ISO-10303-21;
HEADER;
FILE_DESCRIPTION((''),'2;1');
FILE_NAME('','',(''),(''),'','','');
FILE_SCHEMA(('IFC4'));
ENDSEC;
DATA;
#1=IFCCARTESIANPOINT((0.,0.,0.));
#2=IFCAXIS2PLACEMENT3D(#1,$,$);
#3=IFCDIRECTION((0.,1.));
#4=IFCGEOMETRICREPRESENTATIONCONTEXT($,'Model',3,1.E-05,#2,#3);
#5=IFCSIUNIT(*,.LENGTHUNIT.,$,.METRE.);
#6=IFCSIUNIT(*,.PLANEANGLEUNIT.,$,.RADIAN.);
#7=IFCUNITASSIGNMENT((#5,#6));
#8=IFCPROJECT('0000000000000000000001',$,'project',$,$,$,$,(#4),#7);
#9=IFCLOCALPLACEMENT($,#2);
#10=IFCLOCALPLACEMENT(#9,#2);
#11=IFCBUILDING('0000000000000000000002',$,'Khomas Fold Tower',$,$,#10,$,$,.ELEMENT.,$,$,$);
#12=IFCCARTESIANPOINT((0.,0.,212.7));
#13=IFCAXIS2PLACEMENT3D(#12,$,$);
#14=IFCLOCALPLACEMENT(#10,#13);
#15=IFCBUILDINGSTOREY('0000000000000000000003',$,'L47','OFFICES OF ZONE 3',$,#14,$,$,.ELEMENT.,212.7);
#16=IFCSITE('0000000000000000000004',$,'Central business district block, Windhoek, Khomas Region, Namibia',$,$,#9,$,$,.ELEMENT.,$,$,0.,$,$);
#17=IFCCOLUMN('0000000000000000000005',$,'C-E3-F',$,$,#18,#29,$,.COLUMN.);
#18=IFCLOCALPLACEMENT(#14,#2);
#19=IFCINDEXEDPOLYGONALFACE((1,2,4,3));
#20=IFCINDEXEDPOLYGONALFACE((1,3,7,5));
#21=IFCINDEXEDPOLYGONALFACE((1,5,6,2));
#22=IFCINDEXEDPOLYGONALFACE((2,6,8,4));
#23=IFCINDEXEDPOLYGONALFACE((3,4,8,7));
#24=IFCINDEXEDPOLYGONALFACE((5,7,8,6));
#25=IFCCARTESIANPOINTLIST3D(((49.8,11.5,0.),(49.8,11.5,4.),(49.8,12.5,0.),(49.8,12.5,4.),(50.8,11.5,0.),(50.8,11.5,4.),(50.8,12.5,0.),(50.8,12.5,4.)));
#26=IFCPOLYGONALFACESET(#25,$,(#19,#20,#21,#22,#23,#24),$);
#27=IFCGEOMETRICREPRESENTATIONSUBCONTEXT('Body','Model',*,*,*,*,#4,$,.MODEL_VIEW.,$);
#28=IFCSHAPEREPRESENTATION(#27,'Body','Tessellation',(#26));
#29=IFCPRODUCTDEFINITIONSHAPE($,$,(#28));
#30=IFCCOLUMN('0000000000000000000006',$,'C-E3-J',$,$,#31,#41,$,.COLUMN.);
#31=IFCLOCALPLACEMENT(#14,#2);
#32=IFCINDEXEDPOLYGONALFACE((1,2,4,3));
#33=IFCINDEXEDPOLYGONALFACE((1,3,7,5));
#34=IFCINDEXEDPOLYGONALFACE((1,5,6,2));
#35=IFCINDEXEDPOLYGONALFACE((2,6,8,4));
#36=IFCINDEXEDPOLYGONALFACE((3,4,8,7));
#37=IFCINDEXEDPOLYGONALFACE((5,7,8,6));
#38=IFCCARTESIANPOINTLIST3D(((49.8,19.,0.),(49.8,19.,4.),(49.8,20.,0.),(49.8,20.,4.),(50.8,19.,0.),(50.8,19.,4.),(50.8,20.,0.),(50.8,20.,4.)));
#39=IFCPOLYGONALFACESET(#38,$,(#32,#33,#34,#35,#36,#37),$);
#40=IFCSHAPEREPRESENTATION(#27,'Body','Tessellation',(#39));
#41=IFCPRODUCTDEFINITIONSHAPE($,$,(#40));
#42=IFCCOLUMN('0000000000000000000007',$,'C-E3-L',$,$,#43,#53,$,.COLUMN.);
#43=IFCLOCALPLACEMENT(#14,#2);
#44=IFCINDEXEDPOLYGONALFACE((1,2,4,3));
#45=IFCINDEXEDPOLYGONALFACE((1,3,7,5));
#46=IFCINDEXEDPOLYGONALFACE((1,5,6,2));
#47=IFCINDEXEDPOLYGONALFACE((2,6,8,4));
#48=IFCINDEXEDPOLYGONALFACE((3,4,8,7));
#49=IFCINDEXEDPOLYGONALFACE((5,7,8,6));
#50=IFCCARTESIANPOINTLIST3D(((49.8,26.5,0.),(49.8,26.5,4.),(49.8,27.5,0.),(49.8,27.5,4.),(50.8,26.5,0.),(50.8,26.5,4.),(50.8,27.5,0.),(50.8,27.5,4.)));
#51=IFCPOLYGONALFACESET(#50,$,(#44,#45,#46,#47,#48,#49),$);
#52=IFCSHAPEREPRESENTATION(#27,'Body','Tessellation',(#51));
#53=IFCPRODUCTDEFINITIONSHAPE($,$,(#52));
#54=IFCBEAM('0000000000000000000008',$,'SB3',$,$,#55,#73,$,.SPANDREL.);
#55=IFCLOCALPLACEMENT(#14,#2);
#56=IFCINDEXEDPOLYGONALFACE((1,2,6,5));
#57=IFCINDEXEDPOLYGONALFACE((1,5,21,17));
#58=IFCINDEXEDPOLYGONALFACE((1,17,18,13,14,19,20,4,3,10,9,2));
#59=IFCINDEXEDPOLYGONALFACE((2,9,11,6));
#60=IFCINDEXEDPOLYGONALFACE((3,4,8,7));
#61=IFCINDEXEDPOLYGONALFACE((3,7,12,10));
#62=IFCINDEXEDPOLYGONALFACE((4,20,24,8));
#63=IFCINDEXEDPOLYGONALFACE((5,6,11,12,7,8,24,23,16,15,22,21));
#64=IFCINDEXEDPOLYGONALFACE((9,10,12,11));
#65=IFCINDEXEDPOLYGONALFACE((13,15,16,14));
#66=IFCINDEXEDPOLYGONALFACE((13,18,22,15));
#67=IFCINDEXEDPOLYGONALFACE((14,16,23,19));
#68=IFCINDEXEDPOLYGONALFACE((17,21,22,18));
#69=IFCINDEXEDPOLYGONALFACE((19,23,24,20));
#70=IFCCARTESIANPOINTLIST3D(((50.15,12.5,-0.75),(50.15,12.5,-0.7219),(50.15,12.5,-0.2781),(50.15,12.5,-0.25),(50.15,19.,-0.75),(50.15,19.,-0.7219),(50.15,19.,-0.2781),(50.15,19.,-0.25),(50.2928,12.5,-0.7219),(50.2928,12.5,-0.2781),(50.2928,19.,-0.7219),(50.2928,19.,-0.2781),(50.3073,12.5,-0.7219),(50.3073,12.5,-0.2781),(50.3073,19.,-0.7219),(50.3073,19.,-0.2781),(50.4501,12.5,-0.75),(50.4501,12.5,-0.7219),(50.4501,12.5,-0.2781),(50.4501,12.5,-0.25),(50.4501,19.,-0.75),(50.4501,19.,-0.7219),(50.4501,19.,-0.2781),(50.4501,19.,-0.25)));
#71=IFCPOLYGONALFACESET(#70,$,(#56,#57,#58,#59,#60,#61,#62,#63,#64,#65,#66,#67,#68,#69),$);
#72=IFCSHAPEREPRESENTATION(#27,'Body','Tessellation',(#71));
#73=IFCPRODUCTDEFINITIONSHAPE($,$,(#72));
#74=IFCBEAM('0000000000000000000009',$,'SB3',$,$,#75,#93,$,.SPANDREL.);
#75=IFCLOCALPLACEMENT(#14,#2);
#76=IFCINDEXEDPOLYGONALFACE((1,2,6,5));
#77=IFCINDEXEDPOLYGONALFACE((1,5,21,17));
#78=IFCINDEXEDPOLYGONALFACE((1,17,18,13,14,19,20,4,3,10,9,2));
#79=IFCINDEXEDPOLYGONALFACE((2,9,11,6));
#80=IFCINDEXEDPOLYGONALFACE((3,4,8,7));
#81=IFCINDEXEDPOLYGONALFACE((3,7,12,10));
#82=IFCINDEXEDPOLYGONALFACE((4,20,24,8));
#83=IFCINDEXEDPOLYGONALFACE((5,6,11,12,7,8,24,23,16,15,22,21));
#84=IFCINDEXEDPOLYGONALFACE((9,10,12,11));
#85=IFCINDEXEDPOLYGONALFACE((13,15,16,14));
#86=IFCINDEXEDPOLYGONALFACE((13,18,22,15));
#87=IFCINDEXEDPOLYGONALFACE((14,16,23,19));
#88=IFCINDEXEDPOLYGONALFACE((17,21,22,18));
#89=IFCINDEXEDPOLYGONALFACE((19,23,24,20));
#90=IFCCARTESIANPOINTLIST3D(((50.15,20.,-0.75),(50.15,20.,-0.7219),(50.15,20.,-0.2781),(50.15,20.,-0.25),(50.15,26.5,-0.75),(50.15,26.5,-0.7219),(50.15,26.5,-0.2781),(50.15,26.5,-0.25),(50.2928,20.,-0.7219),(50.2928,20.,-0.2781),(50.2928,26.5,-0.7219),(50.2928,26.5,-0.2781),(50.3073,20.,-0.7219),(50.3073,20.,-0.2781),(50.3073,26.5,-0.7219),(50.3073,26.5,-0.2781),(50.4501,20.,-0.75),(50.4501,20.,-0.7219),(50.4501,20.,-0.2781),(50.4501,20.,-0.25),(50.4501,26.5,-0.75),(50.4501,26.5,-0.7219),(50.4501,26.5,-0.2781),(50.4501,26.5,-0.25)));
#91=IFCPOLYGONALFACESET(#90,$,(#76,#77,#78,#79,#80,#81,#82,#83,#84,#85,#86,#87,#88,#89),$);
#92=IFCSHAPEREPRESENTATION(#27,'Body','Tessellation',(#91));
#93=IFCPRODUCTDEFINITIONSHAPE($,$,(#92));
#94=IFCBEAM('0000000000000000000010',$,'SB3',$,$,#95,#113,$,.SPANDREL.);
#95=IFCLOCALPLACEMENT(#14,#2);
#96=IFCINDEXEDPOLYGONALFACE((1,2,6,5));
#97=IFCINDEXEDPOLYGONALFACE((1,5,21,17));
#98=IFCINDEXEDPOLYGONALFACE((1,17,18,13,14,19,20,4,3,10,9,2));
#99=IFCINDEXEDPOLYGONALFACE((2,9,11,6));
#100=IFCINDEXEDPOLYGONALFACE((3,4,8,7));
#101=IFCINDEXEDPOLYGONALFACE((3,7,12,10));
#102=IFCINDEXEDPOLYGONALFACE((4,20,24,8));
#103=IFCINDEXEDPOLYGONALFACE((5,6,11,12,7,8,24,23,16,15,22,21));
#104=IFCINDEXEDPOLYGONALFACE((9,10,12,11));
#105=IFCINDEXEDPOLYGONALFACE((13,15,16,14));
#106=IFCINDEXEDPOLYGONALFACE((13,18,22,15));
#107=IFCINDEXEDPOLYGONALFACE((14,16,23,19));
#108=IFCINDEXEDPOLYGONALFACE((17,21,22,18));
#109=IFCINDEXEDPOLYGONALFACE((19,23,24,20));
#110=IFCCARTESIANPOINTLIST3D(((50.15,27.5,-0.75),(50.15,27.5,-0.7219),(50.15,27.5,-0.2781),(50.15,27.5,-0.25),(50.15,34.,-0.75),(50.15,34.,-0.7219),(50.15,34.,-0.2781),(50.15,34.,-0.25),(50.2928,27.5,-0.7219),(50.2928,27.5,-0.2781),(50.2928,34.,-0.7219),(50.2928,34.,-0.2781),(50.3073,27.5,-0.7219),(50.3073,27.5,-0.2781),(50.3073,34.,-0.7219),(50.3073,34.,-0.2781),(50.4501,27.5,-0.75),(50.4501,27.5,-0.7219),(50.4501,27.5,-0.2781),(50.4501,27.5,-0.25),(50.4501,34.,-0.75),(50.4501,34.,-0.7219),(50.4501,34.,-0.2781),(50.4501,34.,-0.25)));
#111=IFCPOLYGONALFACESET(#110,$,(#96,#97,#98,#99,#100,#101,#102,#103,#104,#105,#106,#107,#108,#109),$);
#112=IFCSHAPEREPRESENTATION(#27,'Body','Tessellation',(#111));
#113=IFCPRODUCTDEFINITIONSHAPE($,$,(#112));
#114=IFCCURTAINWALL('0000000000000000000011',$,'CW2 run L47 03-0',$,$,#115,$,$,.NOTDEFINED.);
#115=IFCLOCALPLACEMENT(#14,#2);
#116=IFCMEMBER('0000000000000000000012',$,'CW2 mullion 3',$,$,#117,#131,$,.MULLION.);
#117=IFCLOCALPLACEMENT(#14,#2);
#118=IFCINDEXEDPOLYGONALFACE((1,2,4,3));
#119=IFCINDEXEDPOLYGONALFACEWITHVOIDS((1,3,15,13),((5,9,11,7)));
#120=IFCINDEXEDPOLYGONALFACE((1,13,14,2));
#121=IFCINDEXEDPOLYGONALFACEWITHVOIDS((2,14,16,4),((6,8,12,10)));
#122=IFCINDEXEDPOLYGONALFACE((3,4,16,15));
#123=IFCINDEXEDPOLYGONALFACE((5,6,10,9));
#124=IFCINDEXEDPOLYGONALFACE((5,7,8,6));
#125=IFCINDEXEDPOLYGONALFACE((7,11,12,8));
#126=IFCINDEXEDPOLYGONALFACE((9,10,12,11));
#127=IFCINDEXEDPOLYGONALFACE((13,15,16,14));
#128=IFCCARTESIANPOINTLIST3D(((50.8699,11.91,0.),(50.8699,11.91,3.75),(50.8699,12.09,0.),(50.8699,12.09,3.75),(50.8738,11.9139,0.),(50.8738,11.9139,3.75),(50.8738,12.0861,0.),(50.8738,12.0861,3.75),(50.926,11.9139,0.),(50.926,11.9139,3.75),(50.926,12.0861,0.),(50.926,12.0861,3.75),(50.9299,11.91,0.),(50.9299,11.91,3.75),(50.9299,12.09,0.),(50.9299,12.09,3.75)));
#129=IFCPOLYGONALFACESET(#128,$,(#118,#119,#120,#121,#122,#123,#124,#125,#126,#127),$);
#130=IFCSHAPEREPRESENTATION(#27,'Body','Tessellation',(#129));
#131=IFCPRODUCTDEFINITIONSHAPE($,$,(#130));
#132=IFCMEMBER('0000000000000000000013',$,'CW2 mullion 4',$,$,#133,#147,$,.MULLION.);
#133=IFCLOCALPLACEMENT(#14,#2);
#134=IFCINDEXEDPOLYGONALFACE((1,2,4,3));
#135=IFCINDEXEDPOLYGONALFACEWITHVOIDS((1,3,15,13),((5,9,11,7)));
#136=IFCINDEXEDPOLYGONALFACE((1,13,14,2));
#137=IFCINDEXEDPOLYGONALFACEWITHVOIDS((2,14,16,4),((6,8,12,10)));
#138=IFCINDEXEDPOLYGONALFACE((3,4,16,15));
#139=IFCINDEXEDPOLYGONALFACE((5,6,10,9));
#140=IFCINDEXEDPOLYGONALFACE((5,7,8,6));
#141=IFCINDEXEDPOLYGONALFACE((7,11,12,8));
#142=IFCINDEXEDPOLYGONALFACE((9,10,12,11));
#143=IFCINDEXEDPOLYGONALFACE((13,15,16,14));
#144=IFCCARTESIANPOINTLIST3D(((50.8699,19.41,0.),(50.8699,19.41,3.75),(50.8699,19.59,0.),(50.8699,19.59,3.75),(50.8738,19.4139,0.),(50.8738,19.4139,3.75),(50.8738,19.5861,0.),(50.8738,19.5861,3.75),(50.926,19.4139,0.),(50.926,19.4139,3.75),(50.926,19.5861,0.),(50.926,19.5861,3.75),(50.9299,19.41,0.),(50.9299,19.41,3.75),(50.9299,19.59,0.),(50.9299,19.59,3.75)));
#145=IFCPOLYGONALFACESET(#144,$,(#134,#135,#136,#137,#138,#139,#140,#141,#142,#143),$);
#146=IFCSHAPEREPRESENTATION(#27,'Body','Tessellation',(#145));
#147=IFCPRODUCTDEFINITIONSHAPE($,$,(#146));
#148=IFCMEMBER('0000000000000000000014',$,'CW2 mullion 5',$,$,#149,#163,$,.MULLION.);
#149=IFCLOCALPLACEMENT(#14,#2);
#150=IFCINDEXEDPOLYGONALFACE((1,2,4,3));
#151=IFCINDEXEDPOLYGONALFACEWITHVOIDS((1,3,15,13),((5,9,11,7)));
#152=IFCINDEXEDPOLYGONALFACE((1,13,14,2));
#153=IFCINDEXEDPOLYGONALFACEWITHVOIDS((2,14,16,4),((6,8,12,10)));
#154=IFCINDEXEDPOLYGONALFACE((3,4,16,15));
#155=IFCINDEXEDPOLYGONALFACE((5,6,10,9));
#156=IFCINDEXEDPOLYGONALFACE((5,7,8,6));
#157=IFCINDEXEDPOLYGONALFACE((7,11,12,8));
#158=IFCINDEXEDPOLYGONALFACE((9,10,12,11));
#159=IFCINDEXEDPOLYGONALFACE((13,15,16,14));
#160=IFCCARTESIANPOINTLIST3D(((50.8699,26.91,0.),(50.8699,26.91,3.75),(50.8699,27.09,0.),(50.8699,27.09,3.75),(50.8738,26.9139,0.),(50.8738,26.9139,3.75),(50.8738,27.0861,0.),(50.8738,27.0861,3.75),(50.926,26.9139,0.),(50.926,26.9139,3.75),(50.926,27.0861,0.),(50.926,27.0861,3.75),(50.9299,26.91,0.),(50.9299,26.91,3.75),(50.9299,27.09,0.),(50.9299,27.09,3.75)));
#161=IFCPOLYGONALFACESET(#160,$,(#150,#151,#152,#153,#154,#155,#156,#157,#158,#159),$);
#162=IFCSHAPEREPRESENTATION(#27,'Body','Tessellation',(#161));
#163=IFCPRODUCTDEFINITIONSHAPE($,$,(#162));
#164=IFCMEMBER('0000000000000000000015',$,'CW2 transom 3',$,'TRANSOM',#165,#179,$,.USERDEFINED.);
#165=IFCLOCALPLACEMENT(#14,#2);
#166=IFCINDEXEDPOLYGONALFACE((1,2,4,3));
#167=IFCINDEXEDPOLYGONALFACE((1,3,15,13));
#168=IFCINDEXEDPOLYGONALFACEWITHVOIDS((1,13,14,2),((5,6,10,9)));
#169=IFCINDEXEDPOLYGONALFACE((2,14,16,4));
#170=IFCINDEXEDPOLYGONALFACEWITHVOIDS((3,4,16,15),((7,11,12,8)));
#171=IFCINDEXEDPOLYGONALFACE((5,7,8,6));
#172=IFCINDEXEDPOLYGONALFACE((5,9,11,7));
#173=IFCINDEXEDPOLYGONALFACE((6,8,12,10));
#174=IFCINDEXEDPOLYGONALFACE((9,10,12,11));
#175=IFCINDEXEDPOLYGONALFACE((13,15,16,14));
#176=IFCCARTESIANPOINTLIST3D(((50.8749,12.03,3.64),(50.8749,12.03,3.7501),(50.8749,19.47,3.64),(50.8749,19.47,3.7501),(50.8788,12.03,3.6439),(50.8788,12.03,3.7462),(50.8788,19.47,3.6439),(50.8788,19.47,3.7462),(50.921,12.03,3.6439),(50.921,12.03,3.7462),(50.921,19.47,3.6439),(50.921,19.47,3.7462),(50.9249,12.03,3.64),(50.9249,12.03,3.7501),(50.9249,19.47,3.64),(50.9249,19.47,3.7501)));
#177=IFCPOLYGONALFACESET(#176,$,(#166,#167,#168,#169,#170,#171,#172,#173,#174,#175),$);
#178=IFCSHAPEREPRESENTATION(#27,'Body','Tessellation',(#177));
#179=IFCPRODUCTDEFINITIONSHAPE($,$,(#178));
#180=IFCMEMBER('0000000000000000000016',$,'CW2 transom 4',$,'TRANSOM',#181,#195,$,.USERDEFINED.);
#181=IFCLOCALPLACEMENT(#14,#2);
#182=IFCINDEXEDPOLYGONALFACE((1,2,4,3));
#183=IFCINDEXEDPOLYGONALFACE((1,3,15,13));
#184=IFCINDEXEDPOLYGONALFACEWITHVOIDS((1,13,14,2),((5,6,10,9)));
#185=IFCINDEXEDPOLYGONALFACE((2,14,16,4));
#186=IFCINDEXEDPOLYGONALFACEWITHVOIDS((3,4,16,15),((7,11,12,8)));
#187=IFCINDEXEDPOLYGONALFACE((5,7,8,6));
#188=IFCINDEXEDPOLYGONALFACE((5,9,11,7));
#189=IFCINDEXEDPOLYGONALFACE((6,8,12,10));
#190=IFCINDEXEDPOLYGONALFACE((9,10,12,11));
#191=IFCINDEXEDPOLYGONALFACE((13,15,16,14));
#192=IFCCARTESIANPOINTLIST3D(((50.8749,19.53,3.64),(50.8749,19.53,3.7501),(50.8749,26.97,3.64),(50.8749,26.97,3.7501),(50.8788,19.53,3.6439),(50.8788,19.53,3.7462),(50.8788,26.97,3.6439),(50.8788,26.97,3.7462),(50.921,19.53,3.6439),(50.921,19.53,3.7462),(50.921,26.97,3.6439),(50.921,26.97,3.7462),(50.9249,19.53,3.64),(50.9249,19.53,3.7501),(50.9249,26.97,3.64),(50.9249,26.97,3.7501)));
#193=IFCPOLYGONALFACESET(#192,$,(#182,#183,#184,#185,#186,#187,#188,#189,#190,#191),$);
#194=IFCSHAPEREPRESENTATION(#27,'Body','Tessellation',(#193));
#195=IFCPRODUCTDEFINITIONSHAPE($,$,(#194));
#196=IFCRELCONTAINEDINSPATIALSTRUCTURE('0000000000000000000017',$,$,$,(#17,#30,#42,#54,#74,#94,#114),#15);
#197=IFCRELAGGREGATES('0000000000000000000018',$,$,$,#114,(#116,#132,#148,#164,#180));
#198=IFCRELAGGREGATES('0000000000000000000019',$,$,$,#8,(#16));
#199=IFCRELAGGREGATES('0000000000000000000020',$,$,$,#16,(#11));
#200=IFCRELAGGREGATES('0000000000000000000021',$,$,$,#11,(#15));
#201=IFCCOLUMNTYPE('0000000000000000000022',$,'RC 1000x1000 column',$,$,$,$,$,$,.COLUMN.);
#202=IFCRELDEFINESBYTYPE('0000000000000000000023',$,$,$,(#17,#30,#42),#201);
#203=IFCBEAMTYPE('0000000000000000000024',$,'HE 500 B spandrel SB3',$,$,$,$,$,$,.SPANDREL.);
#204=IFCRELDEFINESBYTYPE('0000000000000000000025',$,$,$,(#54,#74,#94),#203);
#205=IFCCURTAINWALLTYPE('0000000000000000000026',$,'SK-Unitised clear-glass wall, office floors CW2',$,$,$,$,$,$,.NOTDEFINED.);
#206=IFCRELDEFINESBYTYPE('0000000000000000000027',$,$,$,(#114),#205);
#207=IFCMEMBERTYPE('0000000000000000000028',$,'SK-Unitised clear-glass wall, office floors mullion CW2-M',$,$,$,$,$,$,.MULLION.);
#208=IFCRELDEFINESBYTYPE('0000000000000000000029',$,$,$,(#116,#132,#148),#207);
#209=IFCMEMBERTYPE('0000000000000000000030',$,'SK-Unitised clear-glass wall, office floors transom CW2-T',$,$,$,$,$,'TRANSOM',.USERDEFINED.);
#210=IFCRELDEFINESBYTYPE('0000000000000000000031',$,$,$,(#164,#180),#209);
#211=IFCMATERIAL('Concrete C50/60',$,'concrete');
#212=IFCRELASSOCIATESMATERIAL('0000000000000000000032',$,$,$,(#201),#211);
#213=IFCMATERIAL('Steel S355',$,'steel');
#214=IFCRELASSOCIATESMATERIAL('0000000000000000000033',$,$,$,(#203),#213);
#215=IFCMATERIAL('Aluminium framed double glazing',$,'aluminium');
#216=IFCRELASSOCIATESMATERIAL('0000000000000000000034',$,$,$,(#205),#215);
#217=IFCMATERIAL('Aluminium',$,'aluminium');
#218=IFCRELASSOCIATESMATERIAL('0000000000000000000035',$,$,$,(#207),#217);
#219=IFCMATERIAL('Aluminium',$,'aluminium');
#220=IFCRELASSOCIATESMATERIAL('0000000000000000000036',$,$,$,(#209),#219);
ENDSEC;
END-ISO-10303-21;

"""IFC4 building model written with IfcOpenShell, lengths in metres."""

from ifc_helpers import new_model, si_unit, direction, frame, origin, origin_2d, place, context, subcontext, project, spatial, rectangle, hollow_rectangle, i_section, extrude, source, transform, mapped, material, material_profile, profile_set, type_object, element, aggregate, save


model = new_model("IFC4")

# Units and contexts
model_context = context("Model", 3, precision=1e-05, world=origin(), true_north=direction((0.0, 1.0)))
body_context = subcontext(model_context, "Body", "Model", "MODEL_VIEW")
ifc_project = project(units=[si_unit("LENGTHUNIT", "METRE"), si_unit("PLANEANGLEUNIT", "RADIAN")], contexts=[model_context])

# Site, building, storey
site_placement = place(None, origin())
site = spatial("IfcSite", under=ifc_project, at=site_placement, Name="Central business district block, Windhoek, Khomas Region, Namibia", CompositionType="ELEMENT", RefElevation=0.0)
building_placement = place(site_placement, origin())
building = spatial("IfcBuilding", under=site, at=building_placement, Name="Khomas Fold Tower", CompositionType="ELEMENT")
storey_placement = place(building_placement, frame((0.0, 0.0, 212.7)))
storey = spatial("IfcBuildingStorey", under=building, at=storey_placement, Name="L47", Description="OFFICES OF ZONE 3", CompositionType="ELEMENT", Elevation=212.7)

# Columns
ifc_material_1 = material(Name="Concrete C50/60", Category="concrete")
ifc_material_profile_1 = material_profile(ifc_material_1, rectangle(XDim=1.0, YDim=1.0, at=origin_2d()), Name="RC 1000x1000")
ifc_profile_set_1 = profile_set([ifc_material_profile_1], Name="Concrete C50/60")
column_type = type_object("IfcColumnType", Name="RC 1000x1000 column", PredefinedType="COLUMN", material=ifc_profile_set_1)
shared_shape_1 = source(origin(), body_context, "Body", "SweptSolid", [
    extrude(rectangle(XDim=1.0, YDim=1.0, at=origin_2d()), origin(), (0.0, 0.0, 1.0), 4.0),
])
for number, where, z_axis, x_axis, name in (
    (1, (50.3, 12.0, 0.0), (0.0, 0.0, 1.0), (1.0, 0.0, 0.0), "C-E3-F"),
    (2, (50.3, 19.5, 0.0), (0.0, 0.0, 1.0), (1.0, 0.0, 0.0), "C-E3-J"),
    (3, (50.3, 27.0, 0.0), (0.0, 0.0, 1.0), (1.0, 0.0, 0.0), "C-E3-L"),
):
    element("IfcColumn", number, at=place(storey_placement, frame(where, z_axis=z_axis, x_axis=x_axis)), inside=storey, type_object=column_type, Name=name, PredefinedType="COLUMN", context=body_context, shape_type="MappedRepresentation", body=[
        mapped(shared_shape_1, transform((0.0, 0.0, 0.0))),
    ])

# Beams
ifc_material_2 = material(Name="Steel S355", Category="steel")
ifc_material_profile_2 = material_profile(ifc_material_2, i_section(OverallWidth=0.3, OverallDepth=0.5, WebThickness=0.0144, FlangeThickness=0.0281, at=origin_2d()), Name="HE 500 B")
ifc_profile_set_2 = profile_set([ifc_material_profile_2], Name="Steel S355")
beam_type = type_object("IfcBeamType", Name="HE 500 B spandrel SB3", PredefinedType="SPANDREL", material=ifc_profile_set_2)
shared_shape_2 = source(origin(), body_context, "Body", "SweptSolid", [
    extrude(i_section(OverallWidth=0.3, OverallDepth=0.5, WebThickness=0.0144, FlangeThickness=0.0281, at=origin_2d()), origin(), (0.0, 0.0, 1.0), 6.5),
])
for number, where, z_axis, x_axis, name in (
    (4, (50.3, 12.5, -0.5), (0.0, 1.0, 0.0), (-1.0, 0.0, 0.0), "SB3"),
    (5, (50.3, 20.0, -0.5), (0.0, 1.0, 0.0), (-1.0, 0.0, 0.0), "SB3"),
    (6, (50.3, 27.5, -0.5), (0.0, 1.0, 0.0), (-1.0, 0.0, 0.0), "SB3"),
):
    element("IfcBeam", number, at=place(storey_placement, frame(where, z_axis=z_axis, x_axis=x_axis)), inside=storey, type_object=beam_type, Name=name, PredefinedType="SPANDREL", context=body_context, shape_type="MappedRepresentation", body=[
        mapped(shared_shape_2, transform((0.0, 0.0, 0.0))),
    ])

# Curtain wall, members
ifc_material_3 = material(Name="Aluminium framed double glazing", Category="aluminium")
curtain_wall_type = type_object("IfcCurtainWallType", Name="SK-Unitised clear-glass wall, office floors CW2", PredefinedType="NOTDEFINED", material=ifc_material_3)
curtain_wall_placement = place(storey_placement, origin())
curtain_wall = element("IfcCurtainWall", 7, at=curtain_wall_placement, inside=storey, type_object=curtain_wall_type, Name="CW2 run L47 03-0", PredefinedType="NOTDEFINED")
ifc_material_4 = material(Name="Aluminium", Category="aluminium")
ifc_material_profile_3 = material_profile(ifc_material_4, hollow_rectangle(XDim=0.0601, YDim=0.1799, WallThickness=0.0039, at=origin_2d()), Name="SK-Unitised clear-glass wall, office floors mullion CW2-M")
ifc_profile_set_3 = profile_set([ifc_material_profile_3], Name="Aluminium")
member_type_1 = type_object("IfcMemberType", Name="SK-Unitised clear-glass wall, office floors mullion CW2-M", PredefinedType="MULLION", material=ifc_profile_set_3)
shared_shape_3 = source(origin(), body_context, "Body", "SweptSolid", [
    extrude(hollow_rectangle(XDim=0.0601, YDim=0.1799, WallThickness=0.0039, at=origin_2d()), origin(), (0.0, 0.0, 1.0), 3.75),
])
member_1_placement = place(storey_placement, frame((50.8999, 12.0, 0.0), z_axis=(0.0, 0.0, 1.0), x_axis=(-1.0, 0.0, 0.0)))
member_1 = element("IfcMember", 8, at=member_1_placement, type_object=member_type_1, Name="CW2 mullion 3", PredefinedType="MULLION", context=body_context, shape_type="MappedRepresentation", body=[
    mapped(shared_shape_3, transform((0.0, 0.0, 0.0))),
])
member_2_placement = place(storey_placement, frame((50.8999, 19.5, 0.0), z_axis=(0.0, 0.0, 1.0), x_axis=(-1.0, 0.0, 0.0)))
member_2 = element("IfcMember", 9, at=member_2_placement, type_object=member_type_1, Name="CW2 mullion 4", PredefinedType="MULLION", context=body_context, shape_type="MappedRepresentation", body=[
    mapped(shared_shape_3, transform((0.0, 0.0, 0.0))),
])
member_3_placement = place(storey_placement, frame((50.8999, 27.0, 0.0), z_axis=(0.0, 0.0, 1.0), x_axis=(-1.0, 0.0, 0.0)))
member_3 = element("IfcMember", 10, at=member_3_placement, type_object=member_type_1, Name="CW2 mullion 5", PredefinedType="MULLION", context=body_context, shape_type="MappedRepresentation", body=[
    mapped(shared_shape_3, transform((0.0, 0.0, 0.0))),
])
ifc_material_5 = material(Name="Aluminium", Category="aluminium")
ifc_material_profile_4 = material_profile(ifc_material_5, hollow_rectangle(XDim=0.05, YDim=0.1101, WallThickness=0.0039, at=origin_2d()), Name="SK-Unitised clear-glass wall, office floors transom CW2-T")
ifc_profile_set_4 = profile_set([ifc_material_profile_4], Name="Aluminium")
member_type_2 = type_object("IfcMemberType", Name="SK-Unitised clear-glass wall, office floors transom CW2-T", ElementType="TRANSOM", PredefinedType="USERDEFINED", material=ifc_profile_set_4)
shared_shape_4 = source(origin(), body_context, "Body", "SweptSolid", [
    extrude(hollow_rectangle(XDim=0.05, YDim=0.1101, WallThickness=0.0039, at=origin_2d()), origin(), (0.0, 0.0, 1.0), 7.4399),
])
member_4_placement = place(storey_placement, frame((50.8999, 12.03, 3.6951), z_axis=(0.0, 1.0, 0.0), x_axis=(-1.0, 0.0, 0.0)))
member_4 = element("IfcMember", 11, at=member_4_placement, type_object=member_type_2, Name="CW2 transom 3", ObjectType="TRANSOM", PredefinedType="USERDEFINED", context=body_context, shape_type="MappedRepresentation", body=[
    mapped(shared_shape_4, transform((0.0, 0.0, 0.0))),
])
member_5_placement = place(storey_placement, frame((50.8999, 19.53, 3.6951), z_axis=(0.0, 1.0, 0.0), x_axis=(-1.0, 0.0, 0.0)))
member_5 = element("IfcMember", 12, at=member_5_placement, type_object=member_type_2, Name="CW2 transom 4", ObjectType="TRANSOM", PredefinedType="USERDEFINED", context=body_context, shape_type="MappedRepresentation", body=[
    mapped(shared_shape_4, transform((0.0, 0.0, 0.0))),
])

aggregate(curtain_wall, [member_1, member_2, member_3, member_4, member_5])

save(model, "model.ifc")
